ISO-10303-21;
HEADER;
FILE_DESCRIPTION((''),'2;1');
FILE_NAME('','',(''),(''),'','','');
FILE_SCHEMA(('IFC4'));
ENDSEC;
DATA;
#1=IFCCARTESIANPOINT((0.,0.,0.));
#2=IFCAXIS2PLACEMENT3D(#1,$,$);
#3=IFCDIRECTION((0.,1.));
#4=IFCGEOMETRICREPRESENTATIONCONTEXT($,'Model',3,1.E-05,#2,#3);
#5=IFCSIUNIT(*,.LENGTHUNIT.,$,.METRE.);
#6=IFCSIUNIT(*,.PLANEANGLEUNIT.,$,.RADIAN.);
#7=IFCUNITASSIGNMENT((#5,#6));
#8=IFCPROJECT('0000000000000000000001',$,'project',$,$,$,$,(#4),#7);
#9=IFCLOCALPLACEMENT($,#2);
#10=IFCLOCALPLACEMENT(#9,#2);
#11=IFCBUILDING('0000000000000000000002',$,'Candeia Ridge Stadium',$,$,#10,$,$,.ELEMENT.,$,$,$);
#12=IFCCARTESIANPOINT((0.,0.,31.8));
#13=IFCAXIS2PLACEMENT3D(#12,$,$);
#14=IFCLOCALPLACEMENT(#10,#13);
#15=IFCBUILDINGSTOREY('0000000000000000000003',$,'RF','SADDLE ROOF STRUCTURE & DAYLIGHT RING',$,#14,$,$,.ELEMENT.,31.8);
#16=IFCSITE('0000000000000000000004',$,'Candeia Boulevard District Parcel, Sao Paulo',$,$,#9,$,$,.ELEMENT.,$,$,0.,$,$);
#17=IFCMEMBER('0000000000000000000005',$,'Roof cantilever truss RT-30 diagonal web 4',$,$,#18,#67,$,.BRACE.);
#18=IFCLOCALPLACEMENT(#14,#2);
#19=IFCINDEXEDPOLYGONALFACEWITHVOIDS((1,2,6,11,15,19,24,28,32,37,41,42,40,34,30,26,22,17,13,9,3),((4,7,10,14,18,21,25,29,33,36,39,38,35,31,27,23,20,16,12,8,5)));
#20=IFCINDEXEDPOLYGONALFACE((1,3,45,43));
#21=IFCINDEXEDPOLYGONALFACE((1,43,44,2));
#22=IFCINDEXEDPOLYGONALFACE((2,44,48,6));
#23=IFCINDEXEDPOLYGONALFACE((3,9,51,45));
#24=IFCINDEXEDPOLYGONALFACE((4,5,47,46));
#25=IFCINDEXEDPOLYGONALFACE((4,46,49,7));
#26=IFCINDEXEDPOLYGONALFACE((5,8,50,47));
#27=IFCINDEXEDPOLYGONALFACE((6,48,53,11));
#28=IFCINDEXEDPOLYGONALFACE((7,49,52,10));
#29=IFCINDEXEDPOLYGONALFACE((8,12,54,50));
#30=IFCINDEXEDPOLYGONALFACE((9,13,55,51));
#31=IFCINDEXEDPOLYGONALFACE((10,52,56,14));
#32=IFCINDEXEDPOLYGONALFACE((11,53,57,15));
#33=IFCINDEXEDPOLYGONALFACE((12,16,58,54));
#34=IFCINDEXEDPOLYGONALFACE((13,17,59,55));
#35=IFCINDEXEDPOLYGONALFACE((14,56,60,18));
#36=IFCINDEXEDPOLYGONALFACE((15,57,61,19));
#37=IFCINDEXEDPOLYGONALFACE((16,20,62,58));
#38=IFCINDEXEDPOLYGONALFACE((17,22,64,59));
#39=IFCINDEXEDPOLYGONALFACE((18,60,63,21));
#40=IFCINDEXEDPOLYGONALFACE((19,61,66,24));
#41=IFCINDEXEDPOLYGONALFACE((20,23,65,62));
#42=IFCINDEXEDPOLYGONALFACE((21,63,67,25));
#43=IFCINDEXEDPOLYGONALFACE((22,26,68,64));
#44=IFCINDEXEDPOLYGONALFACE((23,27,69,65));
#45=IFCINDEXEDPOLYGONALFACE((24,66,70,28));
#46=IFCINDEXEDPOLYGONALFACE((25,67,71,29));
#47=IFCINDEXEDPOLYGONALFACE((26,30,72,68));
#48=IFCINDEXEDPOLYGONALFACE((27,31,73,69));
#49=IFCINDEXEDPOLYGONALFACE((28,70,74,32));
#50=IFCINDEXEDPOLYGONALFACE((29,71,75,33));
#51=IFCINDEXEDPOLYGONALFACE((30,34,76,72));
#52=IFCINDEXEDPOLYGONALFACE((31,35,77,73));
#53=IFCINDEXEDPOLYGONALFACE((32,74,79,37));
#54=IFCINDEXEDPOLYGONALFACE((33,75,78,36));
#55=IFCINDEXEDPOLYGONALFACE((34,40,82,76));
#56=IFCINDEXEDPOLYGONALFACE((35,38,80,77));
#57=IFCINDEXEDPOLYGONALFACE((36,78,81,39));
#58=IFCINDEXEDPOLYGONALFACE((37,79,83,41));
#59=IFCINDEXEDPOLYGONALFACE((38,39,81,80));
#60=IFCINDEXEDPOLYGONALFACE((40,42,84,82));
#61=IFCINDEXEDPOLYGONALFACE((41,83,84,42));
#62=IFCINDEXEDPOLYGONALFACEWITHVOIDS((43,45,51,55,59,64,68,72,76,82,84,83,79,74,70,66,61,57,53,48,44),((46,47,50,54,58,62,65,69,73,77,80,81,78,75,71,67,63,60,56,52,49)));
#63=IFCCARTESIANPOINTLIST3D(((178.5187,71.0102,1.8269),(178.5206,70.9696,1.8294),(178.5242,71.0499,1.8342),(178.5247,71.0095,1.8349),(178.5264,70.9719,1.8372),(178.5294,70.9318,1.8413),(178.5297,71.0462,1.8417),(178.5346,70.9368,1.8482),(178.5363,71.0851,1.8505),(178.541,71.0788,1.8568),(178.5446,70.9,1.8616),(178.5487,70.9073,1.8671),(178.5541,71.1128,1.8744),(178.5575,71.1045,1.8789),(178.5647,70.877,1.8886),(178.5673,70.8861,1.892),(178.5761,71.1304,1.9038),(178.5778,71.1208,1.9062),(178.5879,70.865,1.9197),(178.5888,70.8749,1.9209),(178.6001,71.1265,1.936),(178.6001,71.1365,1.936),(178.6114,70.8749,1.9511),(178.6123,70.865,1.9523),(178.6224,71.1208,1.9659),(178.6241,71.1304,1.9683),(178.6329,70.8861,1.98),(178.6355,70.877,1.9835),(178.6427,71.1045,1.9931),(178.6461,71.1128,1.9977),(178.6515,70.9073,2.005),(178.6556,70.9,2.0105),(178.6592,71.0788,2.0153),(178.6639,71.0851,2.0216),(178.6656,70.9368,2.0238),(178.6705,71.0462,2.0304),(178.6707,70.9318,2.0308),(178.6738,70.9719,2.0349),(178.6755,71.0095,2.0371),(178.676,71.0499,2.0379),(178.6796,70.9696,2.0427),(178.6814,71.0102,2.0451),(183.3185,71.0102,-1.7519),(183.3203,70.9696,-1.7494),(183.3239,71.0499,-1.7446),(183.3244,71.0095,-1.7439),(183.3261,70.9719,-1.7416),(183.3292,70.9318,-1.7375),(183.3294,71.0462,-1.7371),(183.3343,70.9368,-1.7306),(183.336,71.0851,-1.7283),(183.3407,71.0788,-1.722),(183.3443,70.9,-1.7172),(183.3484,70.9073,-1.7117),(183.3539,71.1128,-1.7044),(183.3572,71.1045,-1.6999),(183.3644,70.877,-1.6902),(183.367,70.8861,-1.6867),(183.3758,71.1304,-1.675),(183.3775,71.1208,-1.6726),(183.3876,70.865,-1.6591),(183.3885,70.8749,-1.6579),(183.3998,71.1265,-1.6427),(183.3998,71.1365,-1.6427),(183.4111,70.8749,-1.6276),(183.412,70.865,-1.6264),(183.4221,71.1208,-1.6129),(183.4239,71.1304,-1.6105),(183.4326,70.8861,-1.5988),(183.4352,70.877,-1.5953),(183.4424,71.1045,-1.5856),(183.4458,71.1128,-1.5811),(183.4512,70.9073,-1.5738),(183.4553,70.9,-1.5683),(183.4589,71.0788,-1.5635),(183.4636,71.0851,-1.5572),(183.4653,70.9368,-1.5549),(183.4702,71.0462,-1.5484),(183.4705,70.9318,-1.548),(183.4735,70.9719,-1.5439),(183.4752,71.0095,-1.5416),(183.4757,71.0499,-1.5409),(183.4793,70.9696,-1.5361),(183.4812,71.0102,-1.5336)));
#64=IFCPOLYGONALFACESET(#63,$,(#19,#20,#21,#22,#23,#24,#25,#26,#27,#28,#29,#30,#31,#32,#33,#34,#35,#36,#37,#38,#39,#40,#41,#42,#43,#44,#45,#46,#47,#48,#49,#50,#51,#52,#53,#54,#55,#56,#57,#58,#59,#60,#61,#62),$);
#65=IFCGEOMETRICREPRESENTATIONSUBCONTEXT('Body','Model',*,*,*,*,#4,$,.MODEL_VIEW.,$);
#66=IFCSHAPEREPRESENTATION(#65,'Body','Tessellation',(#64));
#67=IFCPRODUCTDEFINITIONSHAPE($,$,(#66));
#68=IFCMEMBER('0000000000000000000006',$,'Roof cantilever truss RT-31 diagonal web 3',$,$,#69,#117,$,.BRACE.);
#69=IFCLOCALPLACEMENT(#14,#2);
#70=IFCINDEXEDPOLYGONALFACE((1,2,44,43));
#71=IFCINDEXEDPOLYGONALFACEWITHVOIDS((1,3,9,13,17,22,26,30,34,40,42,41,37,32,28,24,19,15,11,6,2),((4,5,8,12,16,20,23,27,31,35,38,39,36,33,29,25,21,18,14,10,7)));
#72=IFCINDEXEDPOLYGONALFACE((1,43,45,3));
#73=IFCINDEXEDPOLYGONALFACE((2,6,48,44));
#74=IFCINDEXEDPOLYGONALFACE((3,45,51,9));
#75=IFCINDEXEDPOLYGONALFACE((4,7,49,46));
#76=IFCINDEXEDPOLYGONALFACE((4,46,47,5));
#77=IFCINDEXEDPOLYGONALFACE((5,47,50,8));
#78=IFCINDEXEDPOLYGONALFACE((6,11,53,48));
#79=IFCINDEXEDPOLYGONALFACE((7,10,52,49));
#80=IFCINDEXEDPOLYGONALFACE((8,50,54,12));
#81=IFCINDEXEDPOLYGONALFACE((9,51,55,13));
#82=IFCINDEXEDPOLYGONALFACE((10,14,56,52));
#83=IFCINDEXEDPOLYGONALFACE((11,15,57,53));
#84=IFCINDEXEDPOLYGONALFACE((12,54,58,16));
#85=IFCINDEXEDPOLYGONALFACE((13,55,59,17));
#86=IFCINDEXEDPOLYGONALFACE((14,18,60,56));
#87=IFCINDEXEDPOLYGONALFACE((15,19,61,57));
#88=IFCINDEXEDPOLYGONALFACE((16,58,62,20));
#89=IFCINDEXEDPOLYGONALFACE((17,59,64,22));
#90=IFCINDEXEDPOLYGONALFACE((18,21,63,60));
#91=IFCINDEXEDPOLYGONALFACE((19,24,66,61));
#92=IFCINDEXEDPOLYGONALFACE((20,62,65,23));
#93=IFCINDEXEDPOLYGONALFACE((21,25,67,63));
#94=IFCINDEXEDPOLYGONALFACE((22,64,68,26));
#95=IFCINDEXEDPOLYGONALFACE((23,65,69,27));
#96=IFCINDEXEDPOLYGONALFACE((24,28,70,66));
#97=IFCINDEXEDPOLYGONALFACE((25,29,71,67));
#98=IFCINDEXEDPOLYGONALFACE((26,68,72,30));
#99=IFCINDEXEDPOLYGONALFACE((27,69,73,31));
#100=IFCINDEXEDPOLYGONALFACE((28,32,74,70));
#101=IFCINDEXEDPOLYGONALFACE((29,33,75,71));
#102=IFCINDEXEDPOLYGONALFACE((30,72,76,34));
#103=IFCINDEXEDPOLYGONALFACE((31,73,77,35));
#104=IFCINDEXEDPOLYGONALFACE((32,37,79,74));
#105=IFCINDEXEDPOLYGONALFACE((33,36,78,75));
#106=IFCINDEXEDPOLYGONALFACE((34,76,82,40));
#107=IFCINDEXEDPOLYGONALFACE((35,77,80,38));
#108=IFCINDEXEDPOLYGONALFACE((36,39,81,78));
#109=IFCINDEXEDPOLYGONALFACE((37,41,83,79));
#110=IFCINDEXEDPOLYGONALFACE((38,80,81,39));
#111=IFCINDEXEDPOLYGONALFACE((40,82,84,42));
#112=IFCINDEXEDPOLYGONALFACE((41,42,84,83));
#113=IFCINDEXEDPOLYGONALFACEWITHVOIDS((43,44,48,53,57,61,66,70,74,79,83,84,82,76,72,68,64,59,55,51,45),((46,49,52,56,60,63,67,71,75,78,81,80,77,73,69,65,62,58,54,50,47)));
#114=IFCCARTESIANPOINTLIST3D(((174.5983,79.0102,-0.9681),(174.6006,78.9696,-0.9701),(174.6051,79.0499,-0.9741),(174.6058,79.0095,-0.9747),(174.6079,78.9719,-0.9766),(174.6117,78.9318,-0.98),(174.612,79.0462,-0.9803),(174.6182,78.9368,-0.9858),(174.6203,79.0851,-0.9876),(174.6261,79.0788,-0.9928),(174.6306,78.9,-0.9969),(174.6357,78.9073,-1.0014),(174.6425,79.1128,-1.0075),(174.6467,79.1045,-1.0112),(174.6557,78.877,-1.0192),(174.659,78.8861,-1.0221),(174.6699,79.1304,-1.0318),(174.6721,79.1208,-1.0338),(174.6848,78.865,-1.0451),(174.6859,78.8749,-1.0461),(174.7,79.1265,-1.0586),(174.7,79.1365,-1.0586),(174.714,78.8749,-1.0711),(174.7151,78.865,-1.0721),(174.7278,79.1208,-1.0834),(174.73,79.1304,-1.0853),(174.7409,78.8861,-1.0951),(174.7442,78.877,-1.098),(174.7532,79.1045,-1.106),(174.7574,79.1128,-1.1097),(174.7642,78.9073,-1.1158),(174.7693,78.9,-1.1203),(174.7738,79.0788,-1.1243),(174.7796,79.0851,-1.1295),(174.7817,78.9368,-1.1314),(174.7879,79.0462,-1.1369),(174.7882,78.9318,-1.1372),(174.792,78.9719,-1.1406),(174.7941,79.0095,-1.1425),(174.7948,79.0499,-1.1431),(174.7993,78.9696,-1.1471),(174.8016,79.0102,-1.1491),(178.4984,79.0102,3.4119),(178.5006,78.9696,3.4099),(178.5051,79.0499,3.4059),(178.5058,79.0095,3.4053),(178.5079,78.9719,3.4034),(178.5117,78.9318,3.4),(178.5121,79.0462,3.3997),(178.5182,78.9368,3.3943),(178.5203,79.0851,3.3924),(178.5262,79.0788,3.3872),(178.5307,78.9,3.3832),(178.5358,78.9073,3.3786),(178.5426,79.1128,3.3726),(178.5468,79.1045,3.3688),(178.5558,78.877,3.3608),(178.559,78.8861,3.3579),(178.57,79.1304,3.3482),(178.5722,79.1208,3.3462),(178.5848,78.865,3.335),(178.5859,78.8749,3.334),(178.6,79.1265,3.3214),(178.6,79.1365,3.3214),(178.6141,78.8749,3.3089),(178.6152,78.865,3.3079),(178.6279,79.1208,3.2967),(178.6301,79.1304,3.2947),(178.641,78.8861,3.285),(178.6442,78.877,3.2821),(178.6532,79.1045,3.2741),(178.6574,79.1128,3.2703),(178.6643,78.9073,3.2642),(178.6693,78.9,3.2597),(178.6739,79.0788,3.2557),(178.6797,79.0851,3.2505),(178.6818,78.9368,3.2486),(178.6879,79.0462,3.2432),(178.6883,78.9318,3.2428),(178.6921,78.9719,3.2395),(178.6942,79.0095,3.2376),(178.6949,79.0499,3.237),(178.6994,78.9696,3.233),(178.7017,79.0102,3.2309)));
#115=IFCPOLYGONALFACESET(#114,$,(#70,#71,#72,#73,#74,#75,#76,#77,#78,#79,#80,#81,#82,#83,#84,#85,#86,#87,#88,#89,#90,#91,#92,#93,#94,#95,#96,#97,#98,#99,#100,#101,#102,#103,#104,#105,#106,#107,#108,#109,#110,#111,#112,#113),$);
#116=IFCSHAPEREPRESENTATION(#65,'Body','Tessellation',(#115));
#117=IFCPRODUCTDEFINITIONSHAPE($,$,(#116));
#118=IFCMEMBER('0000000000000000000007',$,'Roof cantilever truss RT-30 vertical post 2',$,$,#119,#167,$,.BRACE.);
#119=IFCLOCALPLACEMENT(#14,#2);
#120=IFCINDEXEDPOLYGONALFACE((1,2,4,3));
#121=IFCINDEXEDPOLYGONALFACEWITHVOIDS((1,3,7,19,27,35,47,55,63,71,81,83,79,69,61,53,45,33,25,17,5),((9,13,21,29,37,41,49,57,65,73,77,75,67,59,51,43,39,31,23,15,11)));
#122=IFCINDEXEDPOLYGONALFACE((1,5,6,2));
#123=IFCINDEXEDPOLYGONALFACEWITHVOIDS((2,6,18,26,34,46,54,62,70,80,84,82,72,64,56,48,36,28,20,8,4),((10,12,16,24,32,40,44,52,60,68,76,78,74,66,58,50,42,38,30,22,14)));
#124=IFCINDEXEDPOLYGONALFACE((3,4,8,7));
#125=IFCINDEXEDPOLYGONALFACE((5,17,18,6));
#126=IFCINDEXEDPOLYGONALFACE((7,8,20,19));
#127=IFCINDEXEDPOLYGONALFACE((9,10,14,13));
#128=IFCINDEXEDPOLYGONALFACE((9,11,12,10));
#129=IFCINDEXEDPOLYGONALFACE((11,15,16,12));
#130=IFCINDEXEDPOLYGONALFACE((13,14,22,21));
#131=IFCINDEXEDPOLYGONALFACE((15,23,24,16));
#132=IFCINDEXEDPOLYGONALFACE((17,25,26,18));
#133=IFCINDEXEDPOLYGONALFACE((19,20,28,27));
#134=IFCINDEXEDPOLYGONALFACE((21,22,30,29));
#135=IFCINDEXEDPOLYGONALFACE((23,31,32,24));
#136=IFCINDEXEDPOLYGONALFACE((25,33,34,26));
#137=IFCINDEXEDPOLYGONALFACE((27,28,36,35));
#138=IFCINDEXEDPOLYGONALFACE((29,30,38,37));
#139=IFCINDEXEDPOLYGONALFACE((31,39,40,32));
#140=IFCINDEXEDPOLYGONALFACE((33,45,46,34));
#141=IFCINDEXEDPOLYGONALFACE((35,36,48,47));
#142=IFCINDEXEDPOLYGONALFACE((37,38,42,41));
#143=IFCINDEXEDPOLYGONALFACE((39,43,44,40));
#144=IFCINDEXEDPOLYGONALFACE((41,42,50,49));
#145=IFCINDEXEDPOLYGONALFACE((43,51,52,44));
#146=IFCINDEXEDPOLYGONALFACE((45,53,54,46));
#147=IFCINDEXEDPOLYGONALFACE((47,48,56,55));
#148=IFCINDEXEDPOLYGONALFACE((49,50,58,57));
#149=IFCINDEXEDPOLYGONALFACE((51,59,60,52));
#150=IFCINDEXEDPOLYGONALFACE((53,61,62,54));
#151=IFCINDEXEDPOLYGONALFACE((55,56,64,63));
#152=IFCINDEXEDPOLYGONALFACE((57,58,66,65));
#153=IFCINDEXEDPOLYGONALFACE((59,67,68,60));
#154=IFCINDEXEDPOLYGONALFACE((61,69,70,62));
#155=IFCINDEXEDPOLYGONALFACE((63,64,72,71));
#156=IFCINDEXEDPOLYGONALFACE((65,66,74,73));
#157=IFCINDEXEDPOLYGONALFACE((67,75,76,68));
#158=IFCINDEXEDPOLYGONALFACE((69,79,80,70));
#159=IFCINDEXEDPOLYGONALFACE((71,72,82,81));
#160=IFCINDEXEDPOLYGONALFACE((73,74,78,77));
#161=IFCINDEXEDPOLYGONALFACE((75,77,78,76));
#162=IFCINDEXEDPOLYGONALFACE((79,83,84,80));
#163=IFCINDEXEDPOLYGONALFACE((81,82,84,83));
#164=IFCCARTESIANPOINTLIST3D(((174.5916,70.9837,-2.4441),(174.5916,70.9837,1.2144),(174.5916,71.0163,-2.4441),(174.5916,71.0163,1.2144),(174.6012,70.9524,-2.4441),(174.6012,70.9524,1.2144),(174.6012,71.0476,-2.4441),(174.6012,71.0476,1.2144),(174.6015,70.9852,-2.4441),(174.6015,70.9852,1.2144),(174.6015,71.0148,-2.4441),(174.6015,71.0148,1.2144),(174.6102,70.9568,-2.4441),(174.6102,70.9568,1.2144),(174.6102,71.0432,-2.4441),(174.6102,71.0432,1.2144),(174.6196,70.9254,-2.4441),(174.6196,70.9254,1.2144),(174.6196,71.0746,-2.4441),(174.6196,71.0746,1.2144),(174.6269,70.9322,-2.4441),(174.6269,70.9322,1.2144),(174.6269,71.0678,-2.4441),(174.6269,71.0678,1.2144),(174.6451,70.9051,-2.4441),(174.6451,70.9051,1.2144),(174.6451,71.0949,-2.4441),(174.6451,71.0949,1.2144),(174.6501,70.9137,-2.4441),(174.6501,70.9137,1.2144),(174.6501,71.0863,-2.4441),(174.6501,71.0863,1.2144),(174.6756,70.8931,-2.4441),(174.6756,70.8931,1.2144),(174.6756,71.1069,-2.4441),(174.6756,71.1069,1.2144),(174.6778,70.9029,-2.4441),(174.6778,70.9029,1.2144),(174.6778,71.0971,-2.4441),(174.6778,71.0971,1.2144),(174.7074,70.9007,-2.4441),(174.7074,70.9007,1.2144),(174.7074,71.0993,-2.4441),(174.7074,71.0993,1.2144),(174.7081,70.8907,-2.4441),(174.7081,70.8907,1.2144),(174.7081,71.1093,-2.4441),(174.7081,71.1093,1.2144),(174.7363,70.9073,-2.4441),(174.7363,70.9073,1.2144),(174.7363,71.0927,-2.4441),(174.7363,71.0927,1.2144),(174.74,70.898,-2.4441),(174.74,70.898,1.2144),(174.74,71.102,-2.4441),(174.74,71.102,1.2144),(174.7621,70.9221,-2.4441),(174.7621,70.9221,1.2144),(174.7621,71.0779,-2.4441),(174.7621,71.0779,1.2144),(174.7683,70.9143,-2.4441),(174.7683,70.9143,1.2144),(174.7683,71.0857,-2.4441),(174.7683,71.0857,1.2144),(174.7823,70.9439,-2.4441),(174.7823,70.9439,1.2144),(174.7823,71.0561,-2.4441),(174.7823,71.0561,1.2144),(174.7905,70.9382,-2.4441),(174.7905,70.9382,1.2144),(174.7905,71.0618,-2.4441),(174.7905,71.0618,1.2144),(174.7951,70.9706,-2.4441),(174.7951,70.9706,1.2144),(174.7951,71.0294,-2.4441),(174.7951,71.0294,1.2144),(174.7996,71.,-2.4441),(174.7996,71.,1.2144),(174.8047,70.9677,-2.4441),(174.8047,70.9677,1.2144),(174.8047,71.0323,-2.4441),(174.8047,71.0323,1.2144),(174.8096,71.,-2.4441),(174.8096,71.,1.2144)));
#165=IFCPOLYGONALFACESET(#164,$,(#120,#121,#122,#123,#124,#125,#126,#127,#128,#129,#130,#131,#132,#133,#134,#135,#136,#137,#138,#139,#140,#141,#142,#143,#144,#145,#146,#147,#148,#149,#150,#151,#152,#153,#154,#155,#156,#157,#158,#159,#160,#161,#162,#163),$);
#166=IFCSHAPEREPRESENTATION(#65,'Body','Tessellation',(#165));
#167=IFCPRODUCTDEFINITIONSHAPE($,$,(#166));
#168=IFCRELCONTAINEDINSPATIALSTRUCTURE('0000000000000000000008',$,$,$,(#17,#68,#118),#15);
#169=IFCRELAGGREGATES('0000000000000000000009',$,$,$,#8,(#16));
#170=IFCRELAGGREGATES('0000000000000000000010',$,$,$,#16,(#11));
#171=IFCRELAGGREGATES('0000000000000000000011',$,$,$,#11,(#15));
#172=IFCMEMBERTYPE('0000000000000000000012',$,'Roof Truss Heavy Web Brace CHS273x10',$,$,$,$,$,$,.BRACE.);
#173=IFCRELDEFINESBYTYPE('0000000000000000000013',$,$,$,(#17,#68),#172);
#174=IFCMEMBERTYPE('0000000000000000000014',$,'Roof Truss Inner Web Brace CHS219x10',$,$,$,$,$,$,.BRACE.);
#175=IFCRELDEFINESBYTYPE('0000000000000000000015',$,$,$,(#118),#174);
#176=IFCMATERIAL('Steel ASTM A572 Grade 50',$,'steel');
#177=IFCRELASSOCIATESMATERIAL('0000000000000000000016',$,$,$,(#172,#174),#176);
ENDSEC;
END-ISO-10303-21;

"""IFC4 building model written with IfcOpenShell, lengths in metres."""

from ifc_helpers import new_model, si_unit, direction, frame, origin, origin_2d, place, context, subcontext, project, spatial, hollow_circle, extrude, material, material_profile, profile_set, type_object, element, save


model = new_model("IFC4")

# Units and contexts
model_context = context("Model", 3, precision=1e-05, world=origin(), true_north=direction((0.0, 1.0)))
body_context = subcontext(model_context, "Body", "Model", "MODEL_VIEW")
ifc_project = project(units=[si_unit("LENGTHUNIT", "METRE"), si_unit("PLANEANGLEUNIT", "RADIAN")], contexts=[model_context])

# Site, building, storey
site_placement = place(None, origin())
site = spatial("IfcSite", under=ifc_project, at=site_placement, Name="Candeia Boulevard District Parcel, Sao Paulo", CompositionType="ELEMENT", RefElevation=0.0)
building_placement = place(site_placement, origin())
building = spatial("IfcBuilding", under=site, at=building_placement, Name="Candeia Ridge Stadium", CompositionType="ELEMENT")
storey_placement = place(building_placement, frame((0.0, 0.0, 31.8)))
storey = spatial("IfcBuildingStorey", under=building, at=storey_placement, Name="RF", Description="SADDLE ROOF STRUCTURE & DAYLIGHT RING", CompositionType="ELEMENT", Elevation=31.8)

# Shared definitions
ifc_material_1 = material(Name="Steel ASTM A572 Grade 50", Category="steel")

# Members
ifc_material_profile_1 = material_profile(ifc_material_1, hollow_circle(Radius=0.1365, WallThickness=0.01, at=origin_2d()), Name="CHS273x10", Category="steel")
ifc_profile_set_1 = profile_set([ifc_material_profile_1], Name="Steel ASTM A572 Grade 50")
member_type_1 = type_object("IfcMemberType", Name="Roof Truss Heavy Web Brace CHS273x10", PredefinedType="BRACE", material=ifc_profile_set_1)
member_1_placement = place(storey_placement, frame((178.6001, 71.0, 1.936), z_axis=(0.80168, 0.0, -0.597753), x_axis=(0.0, 1.0, 0.0)))
element("IfcMember", 1, at=member_1_placement, inside=storey, type_object=member_type_1, Name="Roof cantilever truss RT-30 diagonal web 4", PredefinedType="BRACE", context=body_context, shape_type="SweptSolid", body=[
    extrude(hollow_circle(Radius=0.1365, WallThickness=0.01, at=origin_2d()), origin(), (0.0, 0.0, 1.0), 5.9871),
])
member_2_placement = place(storey_placement, frame((174.7, 79.0, -1.0586), z_axis=(0.665002, 0.0, 0.746842), x_axis=(0.0, 1.0, 0.0)))
element("IfcMember", 2, at=member_2_placement, inside=storey, type_object=member_type_1, Name="Roof cantilever truss RT-31 diagonal web 3", PredefinedType="BRACE", context=body_context, shape_type="SweptSolid", body=[
    extrude(hollow_circle(Radius=0.1365, WallThickness=0.01, at=origin_2d()), origin(), (0.0, 0.0, 1.0), 5.8647),
])
ifc_material_profile_2 = material_profile(ifc_material_1, hollow_circle(Radius=0.1096, WallThickness=0.01, at=origin_2d()), Name="CHS219x10", Category="steel")
ifc_profile_set_2 = profile_set([ifc_material_profile_2], Name="Steel ASTM A572 Grade 50")
member_type_2 = type_object("IfcMemberType", Name="Roof Truss Inner Web Brace CHS219x10", PredefinedType="BRACE", material=ifc_profile_set_2)
member_3_placement = place(storey_placement, frame((174.7, 71.0, -2.4441), z_axis=(0.0, 0.0, 1.0), x_axis=(1.0, 0.0, 0.0)))
element("IfcMember", 3, at=member_3_placement, inside=storey, type_object=member_type_2, Name="Roof cantilever truss RT-30 vertical post 2", PredefinedType="BRACE", context=body_context, shape_type="SweptSolid", body=[
    extrude(hollow_circle(Radius=0.1096, WallThickness=0.01, at=origin_2d()), origin(), (0.0, 0.0, 1.0), 3.6584),
])

save(model, "model.ifc")
